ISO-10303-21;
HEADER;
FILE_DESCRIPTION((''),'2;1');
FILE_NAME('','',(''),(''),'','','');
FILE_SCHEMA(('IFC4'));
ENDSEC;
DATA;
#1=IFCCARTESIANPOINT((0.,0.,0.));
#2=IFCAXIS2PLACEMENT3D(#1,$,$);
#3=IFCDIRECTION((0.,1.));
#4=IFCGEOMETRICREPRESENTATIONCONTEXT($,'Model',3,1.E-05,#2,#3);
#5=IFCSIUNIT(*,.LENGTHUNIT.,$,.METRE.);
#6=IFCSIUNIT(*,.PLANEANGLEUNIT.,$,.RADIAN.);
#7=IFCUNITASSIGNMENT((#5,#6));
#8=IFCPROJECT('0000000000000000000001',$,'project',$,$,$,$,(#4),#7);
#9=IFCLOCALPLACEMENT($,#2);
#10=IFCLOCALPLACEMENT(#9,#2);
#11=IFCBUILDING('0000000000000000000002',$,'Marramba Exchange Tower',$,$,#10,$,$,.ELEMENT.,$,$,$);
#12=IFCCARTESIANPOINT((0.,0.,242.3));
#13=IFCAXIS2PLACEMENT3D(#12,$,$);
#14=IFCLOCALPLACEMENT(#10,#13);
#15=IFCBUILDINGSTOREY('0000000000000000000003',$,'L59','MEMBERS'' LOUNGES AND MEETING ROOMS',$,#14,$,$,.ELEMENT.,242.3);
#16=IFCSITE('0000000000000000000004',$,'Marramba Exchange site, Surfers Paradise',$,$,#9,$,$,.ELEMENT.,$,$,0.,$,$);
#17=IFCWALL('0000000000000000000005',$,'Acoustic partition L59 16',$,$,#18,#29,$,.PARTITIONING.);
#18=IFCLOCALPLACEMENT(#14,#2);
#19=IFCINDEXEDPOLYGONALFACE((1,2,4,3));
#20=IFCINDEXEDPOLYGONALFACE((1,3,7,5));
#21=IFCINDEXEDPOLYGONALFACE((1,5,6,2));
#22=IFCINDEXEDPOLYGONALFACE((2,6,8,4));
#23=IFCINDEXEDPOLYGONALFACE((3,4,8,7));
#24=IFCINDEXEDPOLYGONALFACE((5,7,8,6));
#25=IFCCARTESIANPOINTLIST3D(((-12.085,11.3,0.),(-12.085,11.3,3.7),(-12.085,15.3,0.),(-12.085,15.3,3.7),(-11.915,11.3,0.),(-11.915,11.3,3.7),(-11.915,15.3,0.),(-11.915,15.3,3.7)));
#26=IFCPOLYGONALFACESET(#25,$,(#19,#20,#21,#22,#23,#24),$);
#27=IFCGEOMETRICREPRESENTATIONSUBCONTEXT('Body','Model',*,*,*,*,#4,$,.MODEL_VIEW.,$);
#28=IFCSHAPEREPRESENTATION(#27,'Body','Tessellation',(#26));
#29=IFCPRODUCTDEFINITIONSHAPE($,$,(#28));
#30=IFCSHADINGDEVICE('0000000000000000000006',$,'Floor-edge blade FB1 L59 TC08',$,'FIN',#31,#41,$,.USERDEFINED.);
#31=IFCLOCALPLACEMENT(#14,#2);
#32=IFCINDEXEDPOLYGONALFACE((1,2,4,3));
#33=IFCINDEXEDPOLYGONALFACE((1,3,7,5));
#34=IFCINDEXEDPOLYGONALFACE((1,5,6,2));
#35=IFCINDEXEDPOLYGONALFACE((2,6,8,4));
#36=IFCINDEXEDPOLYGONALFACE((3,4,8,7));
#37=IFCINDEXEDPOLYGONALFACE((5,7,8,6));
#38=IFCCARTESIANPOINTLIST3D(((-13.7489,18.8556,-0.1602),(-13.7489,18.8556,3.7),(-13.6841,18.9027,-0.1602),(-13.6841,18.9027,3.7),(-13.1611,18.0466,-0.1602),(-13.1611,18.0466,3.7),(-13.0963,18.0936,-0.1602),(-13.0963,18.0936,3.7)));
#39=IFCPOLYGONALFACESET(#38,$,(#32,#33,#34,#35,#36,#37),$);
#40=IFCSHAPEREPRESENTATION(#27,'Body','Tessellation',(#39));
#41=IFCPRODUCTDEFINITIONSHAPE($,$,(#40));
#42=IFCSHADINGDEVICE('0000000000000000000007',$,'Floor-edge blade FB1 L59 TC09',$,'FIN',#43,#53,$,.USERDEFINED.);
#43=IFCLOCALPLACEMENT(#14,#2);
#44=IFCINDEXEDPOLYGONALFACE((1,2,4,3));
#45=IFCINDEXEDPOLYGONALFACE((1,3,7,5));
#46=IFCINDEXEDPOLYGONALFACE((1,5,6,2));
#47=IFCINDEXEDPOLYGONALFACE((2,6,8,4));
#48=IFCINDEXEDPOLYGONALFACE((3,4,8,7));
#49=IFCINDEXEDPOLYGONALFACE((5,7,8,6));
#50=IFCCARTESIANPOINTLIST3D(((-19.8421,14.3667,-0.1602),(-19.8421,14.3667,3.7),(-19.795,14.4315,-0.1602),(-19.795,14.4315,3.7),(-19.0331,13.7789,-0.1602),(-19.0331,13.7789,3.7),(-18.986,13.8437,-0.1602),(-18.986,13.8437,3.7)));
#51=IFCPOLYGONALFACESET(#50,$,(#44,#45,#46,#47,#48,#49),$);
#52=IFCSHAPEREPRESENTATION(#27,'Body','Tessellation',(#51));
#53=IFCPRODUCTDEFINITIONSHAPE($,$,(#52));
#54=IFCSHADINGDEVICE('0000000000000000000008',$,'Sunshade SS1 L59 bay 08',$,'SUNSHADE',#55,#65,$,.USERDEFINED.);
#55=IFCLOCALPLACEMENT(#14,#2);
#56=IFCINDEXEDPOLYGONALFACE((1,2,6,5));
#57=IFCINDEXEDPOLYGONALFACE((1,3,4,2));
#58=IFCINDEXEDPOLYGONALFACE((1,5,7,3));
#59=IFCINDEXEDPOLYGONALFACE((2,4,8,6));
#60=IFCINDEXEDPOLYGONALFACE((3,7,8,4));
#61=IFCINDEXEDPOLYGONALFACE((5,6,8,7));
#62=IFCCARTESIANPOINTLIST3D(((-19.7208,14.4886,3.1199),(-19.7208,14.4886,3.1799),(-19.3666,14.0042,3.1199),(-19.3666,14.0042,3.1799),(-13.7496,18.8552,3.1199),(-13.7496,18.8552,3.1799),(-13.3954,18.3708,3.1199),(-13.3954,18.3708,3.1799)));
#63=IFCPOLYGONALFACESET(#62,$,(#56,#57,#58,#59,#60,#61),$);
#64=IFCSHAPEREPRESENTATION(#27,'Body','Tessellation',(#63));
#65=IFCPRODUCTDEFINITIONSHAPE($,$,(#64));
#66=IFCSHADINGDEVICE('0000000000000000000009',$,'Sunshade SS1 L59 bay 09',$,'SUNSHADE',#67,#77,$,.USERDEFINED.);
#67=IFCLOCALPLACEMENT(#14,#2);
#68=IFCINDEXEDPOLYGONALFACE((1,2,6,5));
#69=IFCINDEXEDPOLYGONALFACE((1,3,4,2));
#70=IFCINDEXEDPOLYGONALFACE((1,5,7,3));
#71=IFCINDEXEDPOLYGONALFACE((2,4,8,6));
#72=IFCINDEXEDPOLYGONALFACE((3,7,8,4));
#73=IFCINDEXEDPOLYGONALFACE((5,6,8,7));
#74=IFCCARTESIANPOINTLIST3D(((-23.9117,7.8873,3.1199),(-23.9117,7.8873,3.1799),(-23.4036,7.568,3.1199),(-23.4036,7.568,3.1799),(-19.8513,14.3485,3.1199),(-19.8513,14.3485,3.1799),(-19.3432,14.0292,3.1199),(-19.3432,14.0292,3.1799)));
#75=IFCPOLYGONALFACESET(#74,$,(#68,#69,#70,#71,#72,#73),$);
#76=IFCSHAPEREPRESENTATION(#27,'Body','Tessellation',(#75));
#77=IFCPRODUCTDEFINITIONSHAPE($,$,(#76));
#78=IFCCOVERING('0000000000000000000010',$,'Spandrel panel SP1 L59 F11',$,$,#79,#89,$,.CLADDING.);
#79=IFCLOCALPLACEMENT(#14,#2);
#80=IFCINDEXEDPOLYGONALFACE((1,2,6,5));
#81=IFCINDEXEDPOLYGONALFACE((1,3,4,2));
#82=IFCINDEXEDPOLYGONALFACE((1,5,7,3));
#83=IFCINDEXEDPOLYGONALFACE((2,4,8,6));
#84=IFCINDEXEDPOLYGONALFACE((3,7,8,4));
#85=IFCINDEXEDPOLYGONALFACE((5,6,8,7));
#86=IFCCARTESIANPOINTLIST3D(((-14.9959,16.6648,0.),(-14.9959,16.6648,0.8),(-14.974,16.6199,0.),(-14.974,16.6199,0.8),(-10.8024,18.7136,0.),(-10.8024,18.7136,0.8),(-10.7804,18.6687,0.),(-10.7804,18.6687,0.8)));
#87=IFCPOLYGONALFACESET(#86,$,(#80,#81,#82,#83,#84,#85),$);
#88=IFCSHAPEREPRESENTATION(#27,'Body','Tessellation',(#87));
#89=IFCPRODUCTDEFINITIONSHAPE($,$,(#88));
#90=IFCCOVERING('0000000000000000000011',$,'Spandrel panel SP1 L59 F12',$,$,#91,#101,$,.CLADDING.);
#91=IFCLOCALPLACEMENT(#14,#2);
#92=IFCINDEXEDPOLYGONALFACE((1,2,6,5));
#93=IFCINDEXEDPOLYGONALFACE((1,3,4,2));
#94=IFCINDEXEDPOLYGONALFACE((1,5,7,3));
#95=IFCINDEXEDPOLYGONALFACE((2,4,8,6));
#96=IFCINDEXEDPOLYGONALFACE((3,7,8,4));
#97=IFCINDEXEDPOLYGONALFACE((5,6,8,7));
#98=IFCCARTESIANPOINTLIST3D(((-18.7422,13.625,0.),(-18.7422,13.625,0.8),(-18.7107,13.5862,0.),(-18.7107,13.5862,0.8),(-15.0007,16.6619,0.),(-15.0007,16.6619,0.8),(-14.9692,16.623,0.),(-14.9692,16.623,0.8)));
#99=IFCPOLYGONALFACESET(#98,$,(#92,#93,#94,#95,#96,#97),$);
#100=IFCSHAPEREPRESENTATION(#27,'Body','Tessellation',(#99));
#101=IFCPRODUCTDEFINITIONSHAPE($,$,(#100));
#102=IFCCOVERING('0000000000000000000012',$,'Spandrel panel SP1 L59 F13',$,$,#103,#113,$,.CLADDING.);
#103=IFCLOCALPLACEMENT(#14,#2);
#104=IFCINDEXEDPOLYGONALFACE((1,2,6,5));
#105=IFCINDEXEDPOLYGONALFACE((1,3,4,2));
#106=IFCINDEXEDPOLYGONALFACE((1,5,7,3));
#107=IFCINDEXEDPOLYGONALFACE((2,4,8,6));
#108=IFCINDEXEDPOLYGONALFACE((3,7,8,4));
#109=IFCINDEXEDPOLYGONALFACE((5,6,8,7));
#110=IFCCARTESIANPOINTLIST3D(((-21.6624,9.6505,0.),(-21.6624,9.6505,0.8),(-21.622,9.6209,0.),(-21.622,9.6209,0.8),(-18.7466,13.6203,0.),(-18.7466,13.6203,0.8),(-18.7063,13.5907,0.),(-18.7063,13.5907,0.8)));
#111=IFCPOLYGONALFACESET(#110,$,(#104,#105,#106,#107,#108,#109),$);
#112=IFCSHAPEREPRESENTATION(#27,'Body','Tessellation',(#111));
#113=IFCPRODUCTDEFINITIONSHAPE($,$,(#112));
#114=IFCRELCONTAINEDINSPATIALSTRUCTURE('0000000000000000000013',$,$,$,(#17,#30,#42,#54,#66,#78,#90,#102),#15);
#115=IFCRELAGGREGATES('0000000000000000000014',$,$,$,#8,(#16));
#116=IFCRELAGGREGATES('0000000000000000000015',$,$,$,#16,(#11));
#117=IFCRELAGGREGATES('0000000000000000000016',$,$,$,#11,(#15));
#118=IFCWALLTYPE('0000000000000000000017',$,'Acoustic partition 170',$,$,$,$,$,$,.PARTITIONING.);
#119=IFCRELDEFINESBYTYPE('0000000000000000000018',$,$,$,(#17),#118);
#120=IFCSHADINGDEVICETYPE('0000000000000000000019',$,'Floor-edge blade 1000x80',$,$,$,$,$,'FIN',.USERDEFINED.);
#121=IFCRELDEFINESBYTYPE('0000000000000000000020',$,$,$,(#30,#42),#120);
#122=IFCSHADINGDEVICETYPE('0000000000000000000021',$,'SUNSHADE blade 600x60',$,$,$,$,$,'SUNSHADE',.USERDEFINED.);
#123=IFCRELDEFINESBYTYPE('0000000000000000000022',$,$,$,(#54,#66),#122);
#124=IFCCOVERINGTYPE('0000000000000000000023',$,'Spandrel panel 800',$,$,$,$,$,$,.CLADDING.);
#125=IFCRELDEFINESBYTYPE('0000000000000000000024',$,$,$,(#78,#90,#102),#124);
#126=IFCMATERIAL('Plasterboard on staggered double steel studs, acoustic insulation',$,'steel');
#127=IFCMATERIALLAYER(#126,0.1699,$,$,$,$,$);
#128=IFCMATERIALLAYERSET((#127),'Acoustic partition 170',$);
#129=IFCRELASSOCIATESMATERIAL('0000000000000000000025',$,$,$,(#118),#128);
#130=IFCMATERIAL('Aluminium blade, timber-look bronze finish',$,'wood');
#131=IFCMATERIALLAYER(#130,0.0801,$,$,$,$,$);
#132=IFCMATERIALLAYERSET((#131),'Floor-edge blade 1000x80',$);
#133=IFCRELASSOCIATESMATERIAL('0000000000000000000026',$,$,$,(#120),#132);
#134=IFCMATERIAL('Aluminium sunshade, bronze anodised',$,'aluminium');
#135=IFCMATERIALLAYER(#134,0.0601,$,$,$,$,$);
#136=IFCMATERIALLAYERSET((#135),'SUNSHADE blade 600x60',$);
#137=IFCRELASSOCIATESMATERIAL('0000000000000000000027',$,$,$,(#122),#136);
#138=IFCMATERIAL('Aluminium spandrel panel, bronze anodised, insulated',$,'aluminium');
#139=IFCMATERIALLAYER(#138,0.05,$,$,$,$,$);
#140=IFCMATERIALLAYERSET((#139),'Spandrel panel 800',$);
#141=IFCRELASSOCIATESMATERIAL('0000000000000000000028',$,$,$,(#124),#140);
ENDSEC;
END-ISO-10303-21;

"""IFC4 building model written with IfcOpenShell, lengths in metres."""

from ifc_helpers import new_model, si_unit, direction, frame, frame_2d, origin, origin_2d, place, context, subcontext, project, spatial, rectangle, extrude, material, layer, layer_set, type_object, element, save


model = new_model("IFC4")

# Units and contexts
model_context = context("Model", 3, precision=1e-05, world=origin(), true_north=direction((0.0, 1.0)))
body_context = subcontext(model_context, "Body", "Model", "MODEL_VIEW")
ifc_project = project(units=[si_unit("LENGTHUNIT", "METRE"), si_unit("PLANEANGLEUNIT", "RADIAN")], contexts=[model_context])

# Site, building, storey
site_placement = place(None, origin())
site = spatial("IfcSite", under=ifc_project, at=site_placement, Name="Marramba Exchange site, Surfers Paradise", CompositionType="ELEMENT", RefElevation=0.0)
building_placement = place(site_placement, origin())
building = spatial("IfcBuilding", under=site, at=building_placement, Name="Marramba Exchange Tower", CompositionType="ELEMENT")
storey_placement = place(building_placement, frame((0.0, 0.0, 242.3)))
storey = spatial("IfcBuildingStorey", under=building, at=storey_placement, Name="L59", Description="MEMBERS' LOUNGES AND MEETING ROOMS", CompositionType="ELEMENT", Elevation=242.3)

# Shared definitions
ifc_material_1 = material(Name="Plasterboard on staggered double steel studs, acoustic insulation", Category="steel")
ifc_layer_1 = layer(ifc_material_1, 0.1699)
ifc_layer_set_1 = layer_set([ifc_layer_1], Name="Acoustic partition 170")
wall_type = type_object("IfcWallType", Name="Acoustic partition 170", PredefinedType="PARTITIONING", material=ifc_layer_set_1)

# Wall
for number, where, z_axis, x_axis, name in (
    (1, (-12.0, 11.3, 0.0), (0.0, 0.0, 1.0), (0.0, 1.0, 0.0), "Acoustic partition L59 16"),
):
    element("IfcWall", number, at=place(storey_placement, frame(where, z_axis=z_axis, x_axis=x_axis)), inside=storey, type_object=wall_type, Name=name, PredefinedType="PARTITIONING", context=body_context, shape_type="SweptSolid", body=[
        extrude(rectangle(XDim=4.0, YDim=0.1699, at=frame_2d((2.0, 0.0))), origin(), (0.0, 0.0, 1.0), 3.7),
    ])

# Shading devices
ifc_material_2 = material(Name="Aluminium blade, timber-look bronze finish", Category="wood")
ifc_layer_2 = layer(ifc_material_2, 0.0801)
ifc_layer_set_2 = layer_set([ifc_layer_2], Name="Floor-edge blade 1000x80")
shading_device_type_1 = type_object("IfcShadingDeviceType", Name="Floor-edge blade 1000x80", ElementType="FIN", PredefinedType="USERDEFINED", material=ifc_layer_set_2)
for number, where, z_axis, x_axis, name in (
    (2, (-13.4226, 18.4746, -0.1602), (0.0, 0.0, 1.0), (-0.587785, 0.809017, 0.0), "Floor-edge blade FB1 L59 TC08"),
    (3, (-19.4141, 14.1052, -0.1602), (0.0, 0.0, 1.0), (-0.809017, 0.587785, 0.0), "Floor-edge blade FB1 L59 TC09"),
):
    element("IfcShadingDevice", number, at=place(storey_placement, frame(where, z_axis=z_axis, x_axis=x_axis)), inside=storey, type_object=shading_device_type_1, Name=name, ObjectType="FIN", PredefinedType="USERDEFINED", context=body_context, shape_type="SweptSolid", body=[
        extrude(rectangle(XDim=1.0, YDim=0.0801, at=origin_2d()), origin(), (0.0, 0.0, 1.0), 3.8601),
    ])
ifc_material_3 = material(Name="Aluminium sunshade, bronze anodised", Category="aluminium")
ifc_layer_3 = layer(ifc_material_3, 0.0601)
ifc_layer_set_3 = layer_set([ifc_layer_3], Name="SUNSHADE blade 600x60")
shading_device_type_2 = type_object("IfcShadingDeviceType", Name="SUNSHADE blade 600x60", ElementType="SUNSHADE", PredefinedType="USERDEFINED", material=ifc_layer_set_3)
shading_device_1_placement = place(storey_placement, frame((-16.5581, 16.4297, 3.1199), z_axis=(0.0, 0.0, 1.0), x_axis=(-0.807194, -0.590286, 0.0)))
element("IfcShadingDevice", 4, at=shading_device_1_placement, inside=storey, type_object=shading_device_type_2, Name="Sunshade SS1 L59 bay 08", ObjectType="SUNSHADE", PredefinedType="USERDEFINED", context=body_context, shape_type="SweptSolid", body=[
    extrude(rectangle(XDim=7.3975, YDim=0.6001, at=origin_2d()), origin(), (0.0, 0.0, 1.0), 0.0601),
])
shading_device_2_placement = place(storey_placement, frame((-21.6274, 10.9583, 3.1199), z_axis=(0.0, 0.0, 1.0), x_axis=(-0.532082, -0.846693, 0.0)))
element("IfcShadingDevice", 5, at=shading_device_2_placement, inside=storey, type_object=shading_device_type_2, Name="Sunshade SS1 L59 bay 09", ObjectType="SUNSHADE", PredefinedType="USERDEFINED", context=body_context, shape_type="SweptSolid", body=[
    extrude(rectangle(XDim=7.6311, YDim=0.6001, at=origin_2d()), origin(), (0.0, 0.0, 1.0), 0.0601),
])

# Coverings
ifc_material_4 = material(Name="Aluminium spandrel panel, bronze anodised, insulated", Category="aluminium")
ifc_layer_4 = layer(ifc_material_4, 0.05)
ifc_layer_set_4 = layer_set([ifc_layer_4], Name="Spandrel panel 800")
covering_type = type_object("IfcCoveringType", Name="Spandrel panel 800", PredefinedType="CLADDING", material=ifc_layer_set_4)
covering_1_placement = place(storey_placement, frame((-12.8882, 17.6667, 0.0), z_axis=(0.0, 0.0, 1.0), x_axis=(-0.898501, -0.438972, 0.0)))
element("IfcCovering", 6, at=covering_1_placement, inside=storey, type_object=covering_type, Name="Spandrel panel SP1 L59 F11", PredefinedType="CLADDING", context=body_context, shape_type="SweptSolid", body=[
    extrude(rectangle(XDim=4.6672, YDim=0.05, at=origin_2d()), origin(), (0.0, 0.0, 1.0), 0.8),
])
covering_2_placement = place(storey_placement, frame((-16.8557, 15.124, 0.0), z_axis=(0.0, 0.0, 1.0), x_axis=(-0.776432, -0.630201, 0.0)))
element("IfcCovering", 7, at=covering_2_placement, inside=storey, type_object=covering_type, Name="Spandrel panel SP1 L59 F12", PredefinedType="CLADDING", context=body_context, shape_type="SweptSolid", body=[
    extrude(rectangle(XDim=4.8188, YDim=0.05, at=origin_2d()), origin(), (0.0, 0.0, 1.0), 0.8),
])
covering_3_placement = place(storey_placement, frame((-20.1843, 11.6206, 0.0), z_axis=(0.0, 0.0, 1.0), x_axis=(-0.591963, -0.805965, 0.0)))
element("IfcCovering", 8, at=covering_3_placement, inside=storey, type_object=covering_type, Name="Spandrel panel SP1 L59 F13", PredefinedType="CLADDING", context=body_context, shape_type="SweptSolid", body=[
    extrude(rectangle(XDim=4.9255, YDim=0.05, at=origin_2d()), origin(), (0.0, 0.0, 1.0), 0.8),
])

save(model, "model.ifc")
